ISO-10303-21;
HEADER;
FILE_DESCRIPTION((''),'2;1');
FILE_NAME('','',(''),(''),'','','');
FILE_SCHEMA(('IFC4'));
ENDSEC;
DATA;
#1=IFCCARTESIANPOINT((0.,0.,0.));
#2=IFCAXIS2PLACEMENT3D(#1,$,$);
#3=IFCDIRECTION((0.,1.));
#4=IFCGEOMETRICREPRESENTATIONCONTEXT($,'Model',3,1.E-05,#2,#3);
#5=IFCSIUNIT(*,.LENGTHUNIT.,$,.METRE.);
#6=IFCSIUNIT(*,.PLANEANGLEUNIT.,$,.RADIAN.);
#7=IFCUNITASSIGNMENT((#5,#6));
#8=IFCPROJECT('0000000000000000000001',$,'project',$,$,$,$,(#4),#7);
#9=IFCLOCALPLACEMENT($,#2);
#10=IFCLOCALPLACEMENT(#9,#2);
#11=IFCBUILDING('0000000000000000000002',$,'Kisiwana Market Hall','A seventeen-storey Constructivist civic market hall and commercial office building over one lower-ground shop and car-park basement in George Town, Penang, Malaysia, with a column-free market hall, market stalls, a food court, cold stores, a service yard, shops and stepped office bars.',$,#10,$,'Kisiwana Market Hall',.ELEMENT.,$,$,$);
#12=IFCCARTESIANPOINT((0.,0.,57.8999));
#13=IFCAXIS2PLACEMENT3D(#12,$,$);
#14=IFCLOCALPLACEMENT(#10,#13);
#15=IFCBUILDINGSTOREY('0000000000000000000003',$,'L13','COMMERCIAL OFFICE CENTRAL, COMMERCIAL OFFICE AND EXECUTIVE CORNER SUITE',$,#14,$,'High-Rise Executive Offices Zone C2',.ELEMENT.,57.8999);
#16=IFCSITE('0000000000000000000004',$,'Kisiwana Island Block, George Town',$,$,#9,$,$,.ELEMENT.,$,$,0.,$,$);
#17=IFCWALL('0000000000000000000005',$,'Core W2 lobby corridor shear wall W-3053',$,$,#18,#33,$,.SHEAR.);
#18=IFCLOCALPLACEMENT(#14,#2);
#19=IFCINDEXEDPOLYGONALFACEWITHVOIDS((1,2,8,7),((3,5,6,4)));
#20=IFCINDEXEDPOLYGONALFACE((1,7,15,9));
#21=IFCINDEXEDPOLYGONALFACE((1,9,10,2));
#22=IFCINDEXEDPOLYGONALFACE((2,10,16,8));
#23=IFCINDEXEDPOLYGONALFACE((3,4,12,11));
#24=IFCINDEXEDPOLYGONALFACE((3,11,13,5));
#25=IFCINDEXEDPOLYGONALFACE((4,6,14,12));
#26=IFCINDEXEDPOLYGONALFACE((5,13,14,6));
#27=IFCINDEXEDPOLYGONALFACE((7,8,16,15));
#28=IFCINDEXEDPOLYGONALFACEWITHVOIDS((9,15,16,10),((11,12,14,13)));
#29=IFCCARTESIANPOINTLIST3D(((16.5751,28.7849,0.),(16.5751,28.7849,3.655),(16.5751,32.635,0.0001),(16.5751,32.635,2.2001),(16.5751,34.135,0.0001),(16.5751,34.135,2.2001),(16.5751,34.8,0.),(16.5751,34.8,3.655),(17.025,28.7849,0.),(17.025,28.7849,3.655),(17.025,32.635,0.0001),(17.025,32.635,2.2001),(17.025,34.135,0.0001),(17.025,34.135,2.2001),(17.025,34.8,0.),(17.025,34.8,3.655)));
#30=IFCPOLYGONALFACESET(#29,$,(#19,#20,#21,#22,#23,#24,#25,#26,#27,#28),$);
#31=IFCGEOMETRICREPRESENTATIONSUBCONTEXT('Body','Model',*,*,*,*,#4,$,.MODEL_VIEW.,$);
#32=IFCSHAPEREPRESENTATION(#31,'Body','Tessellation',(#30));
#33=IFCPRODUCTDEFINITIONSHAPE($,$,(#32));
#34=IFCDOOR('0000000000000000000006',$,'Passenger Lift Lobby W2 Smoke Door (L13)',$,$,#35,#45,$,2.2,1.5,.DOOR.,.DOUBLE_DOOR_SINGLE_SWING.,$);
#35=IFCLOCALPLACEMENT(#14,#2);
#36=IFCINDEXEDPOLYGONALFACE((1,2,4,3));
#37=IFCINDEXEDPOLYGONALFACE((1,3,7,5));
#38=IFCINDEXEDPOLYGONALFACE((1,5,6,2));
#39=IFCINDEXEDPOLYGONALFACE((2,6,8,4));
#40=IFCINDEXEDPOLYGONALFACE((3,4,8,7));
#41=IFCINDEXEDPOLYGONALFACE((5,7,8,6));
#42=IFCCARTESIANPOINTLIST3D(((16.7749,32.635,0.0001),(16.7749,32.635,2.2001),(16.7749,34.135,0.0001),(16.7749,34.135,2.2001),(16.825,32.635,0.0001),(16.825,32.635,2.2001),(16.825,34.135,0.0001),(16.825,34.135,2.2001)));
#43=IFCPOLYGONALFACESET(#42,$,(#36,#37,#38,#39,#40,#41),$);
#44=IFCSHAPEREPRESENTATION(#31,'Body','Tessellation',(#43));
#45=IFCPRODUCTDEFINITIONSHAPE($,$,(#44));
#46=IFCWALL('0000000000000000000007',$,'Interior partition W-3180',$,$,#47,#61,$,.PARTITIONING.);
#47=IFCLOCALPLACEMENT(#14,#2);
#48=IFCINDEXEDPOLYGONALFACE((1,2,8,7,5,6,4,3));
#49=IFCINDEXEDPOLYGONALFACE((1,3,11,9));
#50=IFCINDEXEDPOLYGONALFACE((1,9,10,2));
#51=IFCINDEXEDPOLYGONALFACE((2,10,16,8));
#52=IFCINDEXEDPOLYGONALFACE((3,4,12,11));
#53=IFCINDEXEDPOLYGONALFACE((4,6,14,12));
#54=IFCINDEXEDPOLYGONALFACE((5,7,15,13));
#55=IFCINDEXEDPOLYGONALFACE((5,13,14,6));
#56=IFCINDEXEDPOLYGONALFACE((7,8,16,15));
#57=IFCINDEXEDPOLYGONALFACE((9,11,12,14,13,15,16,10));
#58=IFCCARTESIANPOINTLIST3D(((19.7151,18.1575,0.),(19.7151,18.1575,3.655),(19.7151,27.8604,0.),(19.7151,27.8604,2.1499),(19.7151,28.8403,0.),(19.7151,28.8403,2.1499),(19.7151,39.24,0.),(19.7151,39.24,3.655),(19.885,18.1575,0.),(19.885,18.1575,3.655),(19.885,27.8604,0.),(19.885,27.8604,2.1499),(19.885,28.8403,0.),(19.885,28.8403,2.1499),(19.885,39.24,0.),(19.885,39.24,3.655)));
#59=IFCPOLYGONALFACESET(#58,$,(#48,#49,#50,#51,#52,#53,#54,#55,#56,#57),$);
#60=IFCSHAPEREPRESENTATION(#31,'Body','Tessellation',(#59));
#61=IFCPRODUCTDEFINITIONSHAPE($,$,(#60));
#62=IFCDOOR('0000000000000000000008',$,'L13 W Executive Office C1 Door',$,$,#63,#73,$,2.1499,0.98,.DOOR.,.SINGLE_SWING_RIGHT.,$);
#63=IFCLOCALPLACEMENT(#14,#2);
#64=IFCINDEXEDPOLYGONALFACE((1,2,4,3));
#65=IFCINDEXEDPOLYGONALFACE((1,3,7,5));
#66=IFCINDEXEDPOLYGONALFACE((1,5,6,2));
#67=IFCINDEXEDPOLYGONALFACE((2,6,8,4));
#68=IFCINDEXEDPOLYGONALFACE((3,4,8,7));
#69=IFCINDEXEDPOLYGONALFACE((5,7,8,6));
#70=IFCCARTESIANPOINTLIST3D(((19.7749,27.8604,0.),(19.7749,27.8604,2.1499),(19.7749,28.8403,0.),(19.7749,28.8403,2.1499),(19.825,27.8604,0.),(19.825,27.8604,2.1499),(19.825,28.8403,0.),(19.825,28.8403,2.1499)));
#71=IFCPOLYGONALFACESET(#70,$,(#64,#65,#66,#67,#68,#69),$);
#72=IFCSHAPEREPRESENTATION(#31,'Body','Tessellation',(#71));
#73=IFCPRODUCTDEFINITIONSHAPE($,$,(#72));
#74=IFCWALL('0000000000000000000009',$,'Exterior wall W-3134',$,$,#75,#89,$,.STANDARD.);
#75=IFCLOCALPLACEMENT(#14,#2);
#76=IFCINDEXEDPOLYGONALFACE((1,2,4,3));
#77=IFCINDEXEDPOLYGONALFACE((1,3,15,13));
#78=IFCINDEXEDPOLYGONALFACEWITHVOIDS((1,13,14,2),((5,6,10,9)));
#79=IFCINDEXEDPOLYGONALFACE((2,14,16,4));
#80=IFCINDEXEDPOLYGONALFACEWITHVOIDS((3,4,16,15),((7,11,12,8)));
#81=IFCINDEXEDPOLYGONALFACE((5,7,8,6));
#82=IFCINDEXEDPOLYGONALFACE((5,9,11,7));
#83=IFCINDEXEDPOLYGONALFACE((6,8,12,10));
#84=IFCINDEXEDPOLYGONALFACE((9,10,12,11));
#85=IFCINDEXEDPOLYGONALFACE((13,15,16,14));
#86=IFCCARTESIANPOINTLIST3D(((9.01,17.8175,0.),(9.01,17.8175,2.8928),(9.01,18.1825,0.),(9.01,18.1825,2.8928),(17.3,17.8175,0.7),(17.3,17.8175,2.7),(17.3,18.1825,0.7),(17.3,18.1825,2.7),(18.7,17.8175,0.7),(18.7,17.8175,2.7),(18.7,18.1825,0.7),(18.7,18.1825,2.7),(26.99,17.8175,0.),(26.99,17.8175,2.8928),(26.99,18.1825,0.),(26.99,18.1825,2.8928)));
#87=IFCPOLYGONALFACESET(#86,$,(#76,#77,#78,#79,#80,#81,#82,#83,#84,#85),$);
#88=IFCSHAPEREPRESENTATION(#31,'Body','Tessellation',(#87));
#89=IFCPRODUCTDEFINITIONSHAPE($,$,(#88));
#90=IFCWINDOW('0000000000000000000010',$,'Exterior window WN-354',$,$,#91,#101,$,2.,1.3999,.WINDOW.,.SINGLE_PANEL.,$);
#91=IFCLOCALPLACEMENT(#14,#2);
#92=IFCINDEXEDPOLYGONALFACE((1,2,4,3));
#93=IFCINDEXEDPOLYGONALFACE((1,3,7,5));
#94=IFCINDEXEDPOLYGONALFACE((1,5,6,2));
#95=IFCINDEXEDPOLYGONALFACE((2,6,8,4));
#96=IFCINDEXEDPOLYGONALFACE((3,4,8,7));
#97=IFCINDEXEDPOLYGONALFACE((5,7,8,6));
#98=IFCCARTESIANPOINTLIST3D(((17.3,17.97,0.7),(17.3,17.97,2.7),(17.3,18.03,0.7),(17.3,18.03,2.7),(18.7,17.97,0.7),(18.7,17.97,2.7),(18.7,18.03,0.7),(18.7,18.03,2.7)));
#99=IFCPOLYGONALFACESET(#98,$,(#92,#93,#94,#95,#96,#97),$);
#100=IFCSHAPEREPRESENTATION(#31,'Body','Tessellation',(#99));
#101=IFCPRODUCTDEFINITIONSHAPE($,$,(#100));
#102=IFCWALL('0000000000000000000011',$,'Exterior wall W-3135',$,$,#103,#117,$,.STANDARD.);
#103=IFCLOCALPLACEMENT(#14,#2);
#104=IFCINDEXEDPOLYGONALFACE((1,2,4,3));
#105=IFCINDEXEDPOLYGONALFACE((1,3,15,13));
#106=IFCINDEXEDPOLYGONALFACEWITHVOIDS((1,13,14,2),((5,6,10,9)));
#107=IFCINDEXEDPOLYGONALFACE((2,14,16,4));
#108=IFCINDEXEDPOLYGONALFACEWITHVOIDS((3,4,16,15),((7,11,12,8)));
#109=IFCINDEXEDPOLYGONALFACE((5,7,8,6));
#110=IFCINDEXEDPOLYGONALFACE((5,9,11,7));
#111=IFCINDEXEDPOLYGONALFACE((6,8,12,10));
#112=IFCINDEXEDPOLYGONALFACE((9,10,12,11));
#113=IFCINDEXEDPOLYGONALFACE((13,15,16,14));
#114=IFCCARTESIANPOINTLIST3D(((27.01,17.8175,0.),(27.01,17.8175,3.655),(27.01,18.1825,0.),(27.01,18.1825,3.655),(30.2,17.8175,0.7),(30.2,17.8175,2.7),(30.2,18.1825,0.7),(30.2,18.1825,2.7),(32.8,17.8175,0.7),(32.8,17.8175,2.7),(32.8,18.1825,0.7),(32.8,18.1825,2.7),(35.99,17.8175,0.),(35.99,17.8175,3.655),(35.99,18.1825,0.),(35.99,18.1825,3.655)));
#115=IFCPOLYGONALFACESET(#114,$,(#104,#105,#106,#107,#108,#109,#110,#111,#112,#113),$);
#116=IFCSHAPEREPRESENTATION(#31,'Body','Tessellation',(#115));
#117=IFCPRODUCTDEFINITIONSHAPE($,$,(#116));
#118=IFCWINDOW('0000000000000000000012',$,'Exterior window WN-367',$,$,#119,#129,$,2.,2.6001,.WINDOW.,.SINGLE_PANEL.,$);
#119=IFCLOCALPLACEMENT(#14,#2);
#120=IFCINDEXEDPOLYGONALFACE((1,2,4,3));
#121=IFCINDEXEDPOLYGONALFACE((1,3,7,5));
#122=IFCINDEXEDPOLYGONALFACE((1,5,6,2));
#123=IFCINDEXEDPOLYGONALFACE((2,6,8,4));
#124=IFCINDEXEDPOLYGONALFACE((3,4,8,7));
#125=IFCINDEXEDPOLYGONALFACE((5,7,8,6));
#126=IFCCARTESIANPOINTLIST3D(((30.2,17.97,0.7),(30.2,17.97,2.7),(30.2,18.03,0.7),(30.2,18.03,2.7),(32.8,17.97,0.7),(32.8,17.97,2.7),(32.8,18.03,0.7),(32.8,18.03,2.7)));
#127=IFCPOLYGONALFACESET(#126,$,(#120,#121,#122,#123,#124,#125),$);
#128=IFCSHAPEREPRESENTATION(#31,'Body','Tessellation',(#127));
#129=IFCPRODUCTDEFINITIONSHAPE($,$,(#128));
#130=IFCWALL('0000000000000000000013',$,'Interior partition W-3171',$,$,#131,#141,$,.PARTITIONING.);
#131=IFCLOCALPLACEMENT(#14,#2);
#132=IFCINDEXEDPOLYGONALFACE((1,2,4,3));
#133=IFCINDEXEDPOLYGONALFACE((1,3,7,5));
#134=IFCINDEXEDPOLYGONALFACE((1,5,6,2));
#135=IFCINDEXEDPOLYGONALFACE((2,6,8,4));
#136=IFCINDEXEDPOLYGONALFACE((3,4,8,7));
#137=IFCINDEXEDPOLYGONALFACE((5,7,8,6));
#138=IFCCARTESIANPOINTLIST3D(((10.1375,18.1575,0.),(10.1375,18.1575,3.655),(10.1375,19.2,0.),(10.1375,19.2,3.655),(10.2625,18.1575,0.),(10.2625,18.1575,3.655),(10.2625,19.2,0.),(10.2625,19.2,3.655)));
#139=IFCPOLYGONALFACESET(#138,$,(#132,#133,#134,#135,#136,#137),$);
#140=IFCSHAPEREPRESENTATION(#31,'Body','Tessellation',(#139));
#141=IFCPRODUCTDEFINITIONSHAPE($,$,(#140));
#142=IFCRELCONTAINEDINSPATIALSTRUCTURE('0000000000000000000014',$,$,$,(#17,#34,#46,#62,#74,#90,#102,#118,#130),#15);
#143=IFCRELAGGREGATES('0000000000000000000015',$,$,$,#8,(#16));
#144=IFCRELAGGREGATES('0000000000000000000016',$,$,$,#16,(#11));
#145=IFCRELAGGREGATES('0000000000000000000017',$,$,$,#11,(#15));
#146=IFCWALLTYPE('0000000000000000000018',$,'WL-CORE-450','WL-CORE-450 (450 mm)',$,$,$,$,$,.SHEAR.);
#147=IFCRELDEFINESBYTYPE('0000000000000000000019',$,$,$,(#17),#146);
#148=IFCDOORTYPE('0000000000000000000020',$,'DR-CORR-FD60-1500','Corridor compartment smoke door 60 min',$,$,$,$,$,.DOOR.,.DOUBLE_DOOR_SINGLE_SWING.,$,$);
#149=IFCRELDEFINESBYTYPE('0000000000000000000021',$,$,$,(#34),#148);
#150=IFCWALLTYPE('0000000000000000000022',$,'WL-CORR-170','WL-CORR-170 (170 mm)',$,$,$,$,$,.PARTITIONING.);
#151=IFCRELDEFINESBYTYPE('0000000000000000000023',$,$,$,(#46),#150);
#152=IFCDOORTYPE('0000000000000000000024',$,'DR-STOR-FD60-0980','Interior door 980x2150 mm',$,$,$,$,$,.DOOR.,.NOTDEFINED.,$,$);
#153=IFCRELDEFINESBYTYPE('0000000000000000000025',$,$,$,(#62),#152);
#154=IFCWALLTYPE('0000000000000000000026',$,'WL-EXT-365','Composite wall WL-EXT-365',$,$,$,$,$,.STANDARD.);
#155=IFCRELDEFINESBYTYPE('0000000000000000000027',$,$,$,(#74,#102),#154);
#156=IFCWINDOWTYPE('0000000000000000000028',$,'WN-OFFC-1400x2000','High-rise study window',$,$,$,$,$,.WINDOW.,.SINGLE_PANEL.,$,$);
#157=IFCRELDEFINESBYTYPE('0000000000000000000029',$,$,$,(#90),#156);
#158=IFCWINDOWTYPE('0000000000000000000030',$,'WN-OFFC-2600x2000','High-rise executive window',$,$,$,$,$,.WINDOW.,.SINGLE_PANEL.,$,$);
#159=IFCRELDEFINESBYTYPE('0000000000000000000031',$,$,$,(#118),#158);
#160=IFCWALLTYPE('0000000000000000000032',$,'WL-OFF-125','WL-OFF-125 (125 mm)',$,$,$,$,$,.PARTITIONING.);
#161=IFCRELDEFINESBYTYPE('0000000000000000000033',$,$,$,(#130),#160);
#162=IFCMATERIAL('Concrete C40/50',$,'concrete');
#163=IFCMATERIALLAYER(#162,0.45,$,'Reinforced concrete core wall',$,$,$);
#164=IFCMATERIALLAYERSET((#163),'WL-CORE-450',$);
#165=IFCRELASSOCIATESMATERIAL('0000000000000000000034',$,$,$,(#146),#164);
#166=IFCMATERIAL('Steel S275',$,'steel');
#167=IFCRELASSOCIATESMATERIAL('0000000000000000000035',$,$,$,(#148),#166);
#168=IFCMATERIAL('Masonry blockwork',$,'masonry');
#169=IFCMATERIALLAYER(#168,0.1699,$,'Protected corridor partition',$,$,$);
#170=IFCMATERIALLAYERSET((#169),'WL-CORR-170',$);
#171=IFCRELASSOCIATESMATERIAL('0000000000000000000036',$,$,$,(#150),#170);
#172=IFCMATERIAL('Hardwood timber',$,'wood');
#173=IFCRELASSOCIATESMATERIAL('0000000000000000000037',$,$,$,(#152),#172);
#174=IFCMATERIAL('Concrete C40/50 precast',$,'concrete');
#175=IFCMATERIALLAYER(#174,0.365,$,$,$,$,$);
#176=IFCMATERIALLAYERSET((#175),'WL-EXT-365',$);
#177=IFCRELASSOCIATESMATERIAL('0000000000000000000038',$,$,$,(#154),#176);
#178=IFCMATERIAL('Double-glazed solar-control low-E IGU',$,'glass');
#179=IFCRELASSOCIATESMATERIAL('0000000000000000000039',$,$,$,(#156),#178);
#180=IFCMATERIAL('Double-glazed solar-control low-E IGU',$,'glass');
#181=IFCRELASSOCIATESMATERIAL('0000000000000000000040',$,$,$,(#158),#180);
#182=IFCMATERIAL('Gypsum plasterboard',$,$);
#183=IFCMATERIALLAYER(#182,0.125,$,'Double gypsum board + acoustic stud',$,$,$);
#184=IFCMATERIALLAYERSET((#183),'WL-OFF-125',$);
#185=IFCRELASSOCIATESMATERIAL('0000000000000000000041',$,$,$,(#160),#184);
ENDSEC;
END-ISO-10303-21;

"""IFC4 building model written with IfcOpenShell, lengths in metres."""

from ifc_helpers import new_model, si_unit, direction, frame, frame_2d, origin, place, context, subcontext, project, spatial, rectangle, extrude, material, layer, layer_set, type_object, element, fill, save


model = new_model("IFC4")

# Units and contexts
model_context = context("Model", 3, precision=1e-05, world=origin(), true_north=direction((0.0, 1.0)))
body_context = subcontext(model_context, "Body", "Model", "MODEL_VIEW")
ifc_project = project(units=[si_unit("LENGTHUNIT", "METRE"), si_unit("PLANEANGLEUNIT", "RADIAN")], contexts=[model_context])

# Site, building, storey
site_placement = place(None, origin())
site = spatial("IfcSite", under=ifc_project, at=site_placement, Name="Kisiwana Island Block, George Town", CompositionType="ELEMENT", RefElevation=0.0)
building_placement = place(site_placement, origin())
building = spatial("IfcBuilding", under=site, at=building_placement, Name="Kisiwana Market Hall", Description="A seventeen-storey Constructivist civic market hall and commercial office building over one lower-ground shop and car-park basement in George Town, Penang, Malaysia, with a column-free market hall, market stalls, a food court, cold stores, a service yard, shops and stepped office bars.", LongName="Kisiwana Market Hall", CompositionType="ELEMENT")
storey_placement = place(building_placement, frame((0.0, 0.0, 57.8999)))
storey = spatial("IfcBuildingStorey", under=building, at=storey_placement, Name="L13", Description="COMMERCIAL OFFICE CENTRAL, COMMERCIAL OFFICE AND EXECUTIVE CORNER SUITE", LongName="High-Rise Executive Offices Zone C2", CompositionType="ELEMENT", Elevation=57.8999)

# Shared definitions
ifc_material_1 = material(Name="Concrete C40/50", Category="concrete")
ifc_layer_1 = layer(ifc_material_1, 0.45, Name="Reinforced concrete core wall")
ifc_layer_set_1 = layer_set([ifc_layer_1], Name="WL-CORE-450")
wall_type_1 = type_object("IfcWallType", Name="WL-CORE-450", Description="WL-CORE-450 (450 mm)", PredefinedType="SHEAR", material=ifc_layer_set_1)

# Walls, openings, doors
wall_1_placement = place(storey_placement, frame((16.8, 28.7849, 0.0), z_axis=(0.0, 0.0, 1.0), x_axis=(0.0, 1.0, 0.0)))
wall_1 = element("IfcWall", 1, at=wall_1_placement, inside=storey, type_object=wall_type_1, Name="Core W2 lobby corridor shear wall W-3053", PredefinedType="SHEAR", context=body_context, shape_type="SweptSolid", body=[
    extrude(rectangle(XDim=6.0151, YDim=0.45, at=frame_2d((3.0076, 0.0))), origin(), (0.0, 0.0, 1.0), 3.655),
])
opening_1_placement = place(wall_1_placement, frame((3.8501, 0.0, 0.0)))
opening_1 = element("IfcOpeningElement", 2, at=opening_1_placement, cuts=wall_1, PredefinedType="OPENING", context=body_context, shape_type="SweptSolid", body=[
    extrude(rectangle(XDim=1.5, YDim=2.2, at=frame_2d((0.75, 1.1001))), frame((0.0, 0.2368, 0.0), z_axis=(0.0, -1.0, 0.0), x_axis=(1.0, 0.0, 0.0)), (0.0, 0.0, 1.0), 0.4739),
])
ifc_material_2 = material(Name="Steel S275", Category="steel")
door_type_1 = type_object("IfcDoorType", Name="DR-CORR-FD60-1500", Description="Corridor compartment smoke door 60 min", OperationType="DOUBLE_DOOR_SINGLE_SWING", PredefinedType="DOOR", material=ifc_material_2)
door_1_placement = place(opening_1_placement, frame((1.5, 0.0, 0.0), z_axis=(0.0, 0.0, 1.0), x_axis=(-1.0, 0.0, 0.0)))
door_1 = element("IfcDoor", 3, at=door_1_placement, inside=storey, type_object=door_type_1, Name="Passenger Lift Lobby W2 Smoke Door (L13)", OperationType="DOUBLE_DOOR_SINGLE_SWING", OverallHeight=2.2, OverallWidth=1.5, PredefinedType="DOOR", context=body_context, shape_type="SweptSolid", body=[
    extrude(rectangle(XDim=1.5, YDim=2.2, at=frame_2d((0.75, 1.1001))), frame((0.0, 0.0249, 0.0), z_axis=(0.0, -1.0, 0.0), x_axis=(1.0, 0.0, 0.0)), (0.0, 0.0, 1.0), 0.05),
])
fill(opening_1, door_1)
ifc_material_3 = material(Name="Masonry blockwork", Category="masonry")
ifc_layer_2 = layer(ifc_material_3, 0.1699, Name="Protected corridor partition")
ifc_layer_set_2 = layer_set([ifc_layer_2], Name="WL-CORR-170")
wall_type_2 = type_object("IfcWallType", Name="WL-CORR-170", Description="WL-CORR-170 (170 mm)", PredefinedType="PARTITIONING", material=ifc_layer_set_2)
wall_2_placement = place(storey_placement, frame((19.8, 18.1575, 0.0), z_axis=(0.0, 0.0, 1.0), x_axis=(0.0, 1.0, 0.0)))
wall_2 = element("IfcWall", 4, at=wall_2_placement, inside=storey, type_object=wall_type_2, Name="Interior partition W-3180", PredefinedType="PARTITIONING", context=body_context, shape_type="SweptSolid", body=[
    extrude(rectangle(XDim=21.0825, YDim=0.1699, at=frame_2d((10.5413, 0.0))), origin(), (0.0, 0.0, 1.0), 3.655),
])
opening_2_placement = place(wall_2_placement, frame((9.7029, 0.0, 0.0)))
opening_2 = element("IfcOpeningElement", 5, at=opening_2_placement, cuts=wall_2, PredefinedType="OPENING", context=body_context, shape_type="SweptSolid", body=[
    extrude(rectangle(XDim=0.98, YDim=2.1499, at=frame_2d((0.49, 1.075))), frame((0.0, 0.0969, 0.0), z_axis=(0.0, -1.0, 0.0), x_axis=(1.0, 0.0, 0.0)), (0.0, 0.0, 1.0), 0.1938),
])
ifc_material_4 = material(Name="Hardwood timber", Category="wood")
door_type_2 = type_object("IfcDoorType", Name="DR-STOR-FD60-0980", Description="Interior door 980x2150 mm", OperationType="NOTDEFINED", PredefinedType="DOOR", material=ifc_material_4)
door_2_placement = place(opening_2_placement, frame((0.98, 0.0, 0.0), z_axis=(0.0, 0.0, 1.0), x_axis=(-1.0, 0.0, 0.0)))
door_2 = element("IfcDoor", 6, at=door_2_placement, inside=storey, type_object=door_type_2, Name="L13 W Executive Office C1 Door", OperationType="SINGLE_SWING_RIGHT", OverallHeight=2.1499, OverallWidth=0.98, PredefinedType="DOOR", context=body_context, shape_type="SweptSolid", body=[
    extrude(rectangle(XDim=0.98, YDim=2.1499, at=frame_2d((0.49, 1.075))), frame((0.0, 0.0249, 0.0), z_axis=(0.0, -1.0, 0.0), x_axis=(1.0, 0.0, 0.0)), (0.0, 0.0, 1.0), 0.05),
])
fill(opening_2, door_2)

# Walls, openings, windows
ifc_material_5 = material(Name="Concrete C40/50 precast", Category="concrete")
ifc_layer_3 = layer(ifc_material_5, 0.365)
ifc_layer_set_3 = layer_set([ifc_layer_3], Name="WL-EXT-365")
wall_type_3 = type_object("IfcWallType", Name="WL-EXT-365", Description="Composite wall WL-EXT-365", PredefinedType="STANDARD", material=ifc_layer_set_3)
wall_3_placement = place(storey_placement, frame((9.01, 18.0, 0.0), z_axis=(0.0, 0.0, 1.0), x_axis=(1.0, 0.0, 0.0)))
wall_3 = element("IfcWall", 7, at=wall_3_placement, inside=storey, type_object=wall_type_3, Name="Exterior wall W-3134", PredefinedType="STANDARD", context=body_context, shape_type="SweptSolid", body=[
    extrude(rectangle(XDim=17.98, YDim=0.365, at=frame_2d((8.99, 0.0))), origin(), (0.0, 0.0, 1.0), 2.8928),
])
opening_3_placement = place(wall_3_placement, frame((8.29, 0.0, 0.7)))
opening_3 = element("IfcOpeningElement", 8, at=opening_3_placement, cuts=wall_3, PredefinedType="OPENING", context=body_context, shape_type="SweptSolid", body=[
    extrude(rectangle(XDim=1.3999, YDim=2.0, at=frame_2d((0.7, 1.0))), frame((0.0, 0.1943, 0.0), z_axis=(0.0, -1.0, 0.0), x_axis=(1.0, 0.0, 0.0)), (0.0, 0.0, 1.0), 0.3889),
])
ifc_material_6 = material(Name="Double-glazed solar-control low-E IGU", Category="glass")
window_type_1 = type_object("IfcWindowType", Name="WN-OFFC-1400x2000", Description="High-rise study window", PartitioningType="SINGLE_PANEL", PredefinedType="WINDOW", material=ifc_material_6)
window_1_placement = place(opening_3_placement, origin())
window_1 = element("IfcWindow", 9, at=window_1_placement, inside=storey, type_object=window_type_1, Name="Exterior window WN-354", OverallHeight=2.0, OverallWidth=1.3999, PartitioningType="SINGLE_PANEL", PredefinedType="WINDOW", context=body_context, shape_type="SweptSolid", body=[
    extrude(rectangle(XDim=1.3999, YDim=2.0, at=frame_2d((0.7, 1.0))), frame((0.0, 0.03, 0.0), z_axis=(0.0, -1.0, 0.0), x_axis=(1.0, 0.0, 0.0)), (0.0, 0.0, 1.0), 0.0601),
])
fill(opening_3, window_1)
wall_4_placement = place(storey_placement, frame((27.01, 18.0, 0.0), z_axis=(0.0, 0.0, 1.0), x_axis=(1.0, 0.0, 0.0)))
wall_4 = element("IfcWall", 10, at=wall_4_placement, inside=storey, type_object=wall_type_3, Name="Exterior wall W-3135", PredefinedType="STANDARD", context=body_context, shape_type="SweptSolid", body=[
    extrude(rectangle(XDim=8.98, YDim=0.365, at=frame_2d((4.49, 0.0))), origin(), (0.0, 0.0, 1.0), 3.655),
])
opening_4_placement = place(wall_4_placement, frame((3.1899, 0.0, 0.7)))
opening_4 = element("IfcOpeningElement", 11, at=opening_4_placement, cuts=wall_4, PredefinedType="OPENING", context=body_context, shape_type="SweptSolid", body=[
    extrude(rectangle(XDim=2.6001, YDim=2.0, at=frame_2d((1.3, 1.0))), frame((0.0, 0.1943, 0.0), z_axis=(0.0, -1.0, 0.0), x_axis=(1.0, 0.0, 0.0)), (0.0, 0.0, 1.0), 0.3889),
])
ifc_material_7 = material(Name="Double-glazed solar-control low-E IGU", Category="glass")
window_type_2 = type_object("IfcWindowType", Name="WN-OFFC-2600x2000", Description="High-rise executive window", PartitioningType="SINGLE_PANEL", PredefinedType="WINDOW", material=ifc_material_7)
window_2_placement = place(opening_4_placement, origin())
window_2 = element("IfcWindow", 12, at=window_2_placement, inside=storey, type_object=window_type_2, Name="Exterior window WN-367", OverallHeight=2.0, OverallWidth=2.6001, PartitioningType="SINGLE_PANEL", PredefinedType="WINDOW", context=body_context, shape_type="SweptSolid", body=[
    extrude(rectangle(XDim=2.6001, YDim=2.0, at=frame_2d((1.3, 1.0))), frame((0.0, 0.03, 0.0), z_axis=(0.0, -1.0, 0.0), x_axis=(1.0, 0.0, 0.0)), (0.0, 0.0, 1.0), 0.0601),
])
fill(opening_4, window_2)

# Wall
ifc_material_8 = material(Name="Gypsum plasterboard")
ifc_layer_4 = layer(ifc_material_8, 0.125, Name="Double gypsum board + acoustic stud")
ifc_layer_set_4 = layer_set([ifc_layer_4], Name="WL-OFF-125")
wall_type_4 = type_object("IfcWallType", Name="WL-OFF-125", Description="WL-OFF-125 (125 mm)", PredefinedType="PARTITIONING", material=ifc_layer_set_4)
wall_5_placement = place(storey_placement, frame((10.2, 18.1575, 0.0), z_axis=(0.0, 0.0, 1.0), x_axis=(0.0, 1.0, 0.0)))
element("IfcWall", 13, at=wall_5_placement, inside=storey, type_object=wall_type_4, Name="Interior partition W-3171", PredefinedType="PARTITIONING", context=body_context, shape_type="SweptSolid", body=[
    extrude(rectangle(XDim=1.0425, YDim=0.125, at=frame_2d((0.5212, 0.0))), origin(), (0.0, 0.0, 1.0), 3.655),
])

save(model, "model.ifc")
